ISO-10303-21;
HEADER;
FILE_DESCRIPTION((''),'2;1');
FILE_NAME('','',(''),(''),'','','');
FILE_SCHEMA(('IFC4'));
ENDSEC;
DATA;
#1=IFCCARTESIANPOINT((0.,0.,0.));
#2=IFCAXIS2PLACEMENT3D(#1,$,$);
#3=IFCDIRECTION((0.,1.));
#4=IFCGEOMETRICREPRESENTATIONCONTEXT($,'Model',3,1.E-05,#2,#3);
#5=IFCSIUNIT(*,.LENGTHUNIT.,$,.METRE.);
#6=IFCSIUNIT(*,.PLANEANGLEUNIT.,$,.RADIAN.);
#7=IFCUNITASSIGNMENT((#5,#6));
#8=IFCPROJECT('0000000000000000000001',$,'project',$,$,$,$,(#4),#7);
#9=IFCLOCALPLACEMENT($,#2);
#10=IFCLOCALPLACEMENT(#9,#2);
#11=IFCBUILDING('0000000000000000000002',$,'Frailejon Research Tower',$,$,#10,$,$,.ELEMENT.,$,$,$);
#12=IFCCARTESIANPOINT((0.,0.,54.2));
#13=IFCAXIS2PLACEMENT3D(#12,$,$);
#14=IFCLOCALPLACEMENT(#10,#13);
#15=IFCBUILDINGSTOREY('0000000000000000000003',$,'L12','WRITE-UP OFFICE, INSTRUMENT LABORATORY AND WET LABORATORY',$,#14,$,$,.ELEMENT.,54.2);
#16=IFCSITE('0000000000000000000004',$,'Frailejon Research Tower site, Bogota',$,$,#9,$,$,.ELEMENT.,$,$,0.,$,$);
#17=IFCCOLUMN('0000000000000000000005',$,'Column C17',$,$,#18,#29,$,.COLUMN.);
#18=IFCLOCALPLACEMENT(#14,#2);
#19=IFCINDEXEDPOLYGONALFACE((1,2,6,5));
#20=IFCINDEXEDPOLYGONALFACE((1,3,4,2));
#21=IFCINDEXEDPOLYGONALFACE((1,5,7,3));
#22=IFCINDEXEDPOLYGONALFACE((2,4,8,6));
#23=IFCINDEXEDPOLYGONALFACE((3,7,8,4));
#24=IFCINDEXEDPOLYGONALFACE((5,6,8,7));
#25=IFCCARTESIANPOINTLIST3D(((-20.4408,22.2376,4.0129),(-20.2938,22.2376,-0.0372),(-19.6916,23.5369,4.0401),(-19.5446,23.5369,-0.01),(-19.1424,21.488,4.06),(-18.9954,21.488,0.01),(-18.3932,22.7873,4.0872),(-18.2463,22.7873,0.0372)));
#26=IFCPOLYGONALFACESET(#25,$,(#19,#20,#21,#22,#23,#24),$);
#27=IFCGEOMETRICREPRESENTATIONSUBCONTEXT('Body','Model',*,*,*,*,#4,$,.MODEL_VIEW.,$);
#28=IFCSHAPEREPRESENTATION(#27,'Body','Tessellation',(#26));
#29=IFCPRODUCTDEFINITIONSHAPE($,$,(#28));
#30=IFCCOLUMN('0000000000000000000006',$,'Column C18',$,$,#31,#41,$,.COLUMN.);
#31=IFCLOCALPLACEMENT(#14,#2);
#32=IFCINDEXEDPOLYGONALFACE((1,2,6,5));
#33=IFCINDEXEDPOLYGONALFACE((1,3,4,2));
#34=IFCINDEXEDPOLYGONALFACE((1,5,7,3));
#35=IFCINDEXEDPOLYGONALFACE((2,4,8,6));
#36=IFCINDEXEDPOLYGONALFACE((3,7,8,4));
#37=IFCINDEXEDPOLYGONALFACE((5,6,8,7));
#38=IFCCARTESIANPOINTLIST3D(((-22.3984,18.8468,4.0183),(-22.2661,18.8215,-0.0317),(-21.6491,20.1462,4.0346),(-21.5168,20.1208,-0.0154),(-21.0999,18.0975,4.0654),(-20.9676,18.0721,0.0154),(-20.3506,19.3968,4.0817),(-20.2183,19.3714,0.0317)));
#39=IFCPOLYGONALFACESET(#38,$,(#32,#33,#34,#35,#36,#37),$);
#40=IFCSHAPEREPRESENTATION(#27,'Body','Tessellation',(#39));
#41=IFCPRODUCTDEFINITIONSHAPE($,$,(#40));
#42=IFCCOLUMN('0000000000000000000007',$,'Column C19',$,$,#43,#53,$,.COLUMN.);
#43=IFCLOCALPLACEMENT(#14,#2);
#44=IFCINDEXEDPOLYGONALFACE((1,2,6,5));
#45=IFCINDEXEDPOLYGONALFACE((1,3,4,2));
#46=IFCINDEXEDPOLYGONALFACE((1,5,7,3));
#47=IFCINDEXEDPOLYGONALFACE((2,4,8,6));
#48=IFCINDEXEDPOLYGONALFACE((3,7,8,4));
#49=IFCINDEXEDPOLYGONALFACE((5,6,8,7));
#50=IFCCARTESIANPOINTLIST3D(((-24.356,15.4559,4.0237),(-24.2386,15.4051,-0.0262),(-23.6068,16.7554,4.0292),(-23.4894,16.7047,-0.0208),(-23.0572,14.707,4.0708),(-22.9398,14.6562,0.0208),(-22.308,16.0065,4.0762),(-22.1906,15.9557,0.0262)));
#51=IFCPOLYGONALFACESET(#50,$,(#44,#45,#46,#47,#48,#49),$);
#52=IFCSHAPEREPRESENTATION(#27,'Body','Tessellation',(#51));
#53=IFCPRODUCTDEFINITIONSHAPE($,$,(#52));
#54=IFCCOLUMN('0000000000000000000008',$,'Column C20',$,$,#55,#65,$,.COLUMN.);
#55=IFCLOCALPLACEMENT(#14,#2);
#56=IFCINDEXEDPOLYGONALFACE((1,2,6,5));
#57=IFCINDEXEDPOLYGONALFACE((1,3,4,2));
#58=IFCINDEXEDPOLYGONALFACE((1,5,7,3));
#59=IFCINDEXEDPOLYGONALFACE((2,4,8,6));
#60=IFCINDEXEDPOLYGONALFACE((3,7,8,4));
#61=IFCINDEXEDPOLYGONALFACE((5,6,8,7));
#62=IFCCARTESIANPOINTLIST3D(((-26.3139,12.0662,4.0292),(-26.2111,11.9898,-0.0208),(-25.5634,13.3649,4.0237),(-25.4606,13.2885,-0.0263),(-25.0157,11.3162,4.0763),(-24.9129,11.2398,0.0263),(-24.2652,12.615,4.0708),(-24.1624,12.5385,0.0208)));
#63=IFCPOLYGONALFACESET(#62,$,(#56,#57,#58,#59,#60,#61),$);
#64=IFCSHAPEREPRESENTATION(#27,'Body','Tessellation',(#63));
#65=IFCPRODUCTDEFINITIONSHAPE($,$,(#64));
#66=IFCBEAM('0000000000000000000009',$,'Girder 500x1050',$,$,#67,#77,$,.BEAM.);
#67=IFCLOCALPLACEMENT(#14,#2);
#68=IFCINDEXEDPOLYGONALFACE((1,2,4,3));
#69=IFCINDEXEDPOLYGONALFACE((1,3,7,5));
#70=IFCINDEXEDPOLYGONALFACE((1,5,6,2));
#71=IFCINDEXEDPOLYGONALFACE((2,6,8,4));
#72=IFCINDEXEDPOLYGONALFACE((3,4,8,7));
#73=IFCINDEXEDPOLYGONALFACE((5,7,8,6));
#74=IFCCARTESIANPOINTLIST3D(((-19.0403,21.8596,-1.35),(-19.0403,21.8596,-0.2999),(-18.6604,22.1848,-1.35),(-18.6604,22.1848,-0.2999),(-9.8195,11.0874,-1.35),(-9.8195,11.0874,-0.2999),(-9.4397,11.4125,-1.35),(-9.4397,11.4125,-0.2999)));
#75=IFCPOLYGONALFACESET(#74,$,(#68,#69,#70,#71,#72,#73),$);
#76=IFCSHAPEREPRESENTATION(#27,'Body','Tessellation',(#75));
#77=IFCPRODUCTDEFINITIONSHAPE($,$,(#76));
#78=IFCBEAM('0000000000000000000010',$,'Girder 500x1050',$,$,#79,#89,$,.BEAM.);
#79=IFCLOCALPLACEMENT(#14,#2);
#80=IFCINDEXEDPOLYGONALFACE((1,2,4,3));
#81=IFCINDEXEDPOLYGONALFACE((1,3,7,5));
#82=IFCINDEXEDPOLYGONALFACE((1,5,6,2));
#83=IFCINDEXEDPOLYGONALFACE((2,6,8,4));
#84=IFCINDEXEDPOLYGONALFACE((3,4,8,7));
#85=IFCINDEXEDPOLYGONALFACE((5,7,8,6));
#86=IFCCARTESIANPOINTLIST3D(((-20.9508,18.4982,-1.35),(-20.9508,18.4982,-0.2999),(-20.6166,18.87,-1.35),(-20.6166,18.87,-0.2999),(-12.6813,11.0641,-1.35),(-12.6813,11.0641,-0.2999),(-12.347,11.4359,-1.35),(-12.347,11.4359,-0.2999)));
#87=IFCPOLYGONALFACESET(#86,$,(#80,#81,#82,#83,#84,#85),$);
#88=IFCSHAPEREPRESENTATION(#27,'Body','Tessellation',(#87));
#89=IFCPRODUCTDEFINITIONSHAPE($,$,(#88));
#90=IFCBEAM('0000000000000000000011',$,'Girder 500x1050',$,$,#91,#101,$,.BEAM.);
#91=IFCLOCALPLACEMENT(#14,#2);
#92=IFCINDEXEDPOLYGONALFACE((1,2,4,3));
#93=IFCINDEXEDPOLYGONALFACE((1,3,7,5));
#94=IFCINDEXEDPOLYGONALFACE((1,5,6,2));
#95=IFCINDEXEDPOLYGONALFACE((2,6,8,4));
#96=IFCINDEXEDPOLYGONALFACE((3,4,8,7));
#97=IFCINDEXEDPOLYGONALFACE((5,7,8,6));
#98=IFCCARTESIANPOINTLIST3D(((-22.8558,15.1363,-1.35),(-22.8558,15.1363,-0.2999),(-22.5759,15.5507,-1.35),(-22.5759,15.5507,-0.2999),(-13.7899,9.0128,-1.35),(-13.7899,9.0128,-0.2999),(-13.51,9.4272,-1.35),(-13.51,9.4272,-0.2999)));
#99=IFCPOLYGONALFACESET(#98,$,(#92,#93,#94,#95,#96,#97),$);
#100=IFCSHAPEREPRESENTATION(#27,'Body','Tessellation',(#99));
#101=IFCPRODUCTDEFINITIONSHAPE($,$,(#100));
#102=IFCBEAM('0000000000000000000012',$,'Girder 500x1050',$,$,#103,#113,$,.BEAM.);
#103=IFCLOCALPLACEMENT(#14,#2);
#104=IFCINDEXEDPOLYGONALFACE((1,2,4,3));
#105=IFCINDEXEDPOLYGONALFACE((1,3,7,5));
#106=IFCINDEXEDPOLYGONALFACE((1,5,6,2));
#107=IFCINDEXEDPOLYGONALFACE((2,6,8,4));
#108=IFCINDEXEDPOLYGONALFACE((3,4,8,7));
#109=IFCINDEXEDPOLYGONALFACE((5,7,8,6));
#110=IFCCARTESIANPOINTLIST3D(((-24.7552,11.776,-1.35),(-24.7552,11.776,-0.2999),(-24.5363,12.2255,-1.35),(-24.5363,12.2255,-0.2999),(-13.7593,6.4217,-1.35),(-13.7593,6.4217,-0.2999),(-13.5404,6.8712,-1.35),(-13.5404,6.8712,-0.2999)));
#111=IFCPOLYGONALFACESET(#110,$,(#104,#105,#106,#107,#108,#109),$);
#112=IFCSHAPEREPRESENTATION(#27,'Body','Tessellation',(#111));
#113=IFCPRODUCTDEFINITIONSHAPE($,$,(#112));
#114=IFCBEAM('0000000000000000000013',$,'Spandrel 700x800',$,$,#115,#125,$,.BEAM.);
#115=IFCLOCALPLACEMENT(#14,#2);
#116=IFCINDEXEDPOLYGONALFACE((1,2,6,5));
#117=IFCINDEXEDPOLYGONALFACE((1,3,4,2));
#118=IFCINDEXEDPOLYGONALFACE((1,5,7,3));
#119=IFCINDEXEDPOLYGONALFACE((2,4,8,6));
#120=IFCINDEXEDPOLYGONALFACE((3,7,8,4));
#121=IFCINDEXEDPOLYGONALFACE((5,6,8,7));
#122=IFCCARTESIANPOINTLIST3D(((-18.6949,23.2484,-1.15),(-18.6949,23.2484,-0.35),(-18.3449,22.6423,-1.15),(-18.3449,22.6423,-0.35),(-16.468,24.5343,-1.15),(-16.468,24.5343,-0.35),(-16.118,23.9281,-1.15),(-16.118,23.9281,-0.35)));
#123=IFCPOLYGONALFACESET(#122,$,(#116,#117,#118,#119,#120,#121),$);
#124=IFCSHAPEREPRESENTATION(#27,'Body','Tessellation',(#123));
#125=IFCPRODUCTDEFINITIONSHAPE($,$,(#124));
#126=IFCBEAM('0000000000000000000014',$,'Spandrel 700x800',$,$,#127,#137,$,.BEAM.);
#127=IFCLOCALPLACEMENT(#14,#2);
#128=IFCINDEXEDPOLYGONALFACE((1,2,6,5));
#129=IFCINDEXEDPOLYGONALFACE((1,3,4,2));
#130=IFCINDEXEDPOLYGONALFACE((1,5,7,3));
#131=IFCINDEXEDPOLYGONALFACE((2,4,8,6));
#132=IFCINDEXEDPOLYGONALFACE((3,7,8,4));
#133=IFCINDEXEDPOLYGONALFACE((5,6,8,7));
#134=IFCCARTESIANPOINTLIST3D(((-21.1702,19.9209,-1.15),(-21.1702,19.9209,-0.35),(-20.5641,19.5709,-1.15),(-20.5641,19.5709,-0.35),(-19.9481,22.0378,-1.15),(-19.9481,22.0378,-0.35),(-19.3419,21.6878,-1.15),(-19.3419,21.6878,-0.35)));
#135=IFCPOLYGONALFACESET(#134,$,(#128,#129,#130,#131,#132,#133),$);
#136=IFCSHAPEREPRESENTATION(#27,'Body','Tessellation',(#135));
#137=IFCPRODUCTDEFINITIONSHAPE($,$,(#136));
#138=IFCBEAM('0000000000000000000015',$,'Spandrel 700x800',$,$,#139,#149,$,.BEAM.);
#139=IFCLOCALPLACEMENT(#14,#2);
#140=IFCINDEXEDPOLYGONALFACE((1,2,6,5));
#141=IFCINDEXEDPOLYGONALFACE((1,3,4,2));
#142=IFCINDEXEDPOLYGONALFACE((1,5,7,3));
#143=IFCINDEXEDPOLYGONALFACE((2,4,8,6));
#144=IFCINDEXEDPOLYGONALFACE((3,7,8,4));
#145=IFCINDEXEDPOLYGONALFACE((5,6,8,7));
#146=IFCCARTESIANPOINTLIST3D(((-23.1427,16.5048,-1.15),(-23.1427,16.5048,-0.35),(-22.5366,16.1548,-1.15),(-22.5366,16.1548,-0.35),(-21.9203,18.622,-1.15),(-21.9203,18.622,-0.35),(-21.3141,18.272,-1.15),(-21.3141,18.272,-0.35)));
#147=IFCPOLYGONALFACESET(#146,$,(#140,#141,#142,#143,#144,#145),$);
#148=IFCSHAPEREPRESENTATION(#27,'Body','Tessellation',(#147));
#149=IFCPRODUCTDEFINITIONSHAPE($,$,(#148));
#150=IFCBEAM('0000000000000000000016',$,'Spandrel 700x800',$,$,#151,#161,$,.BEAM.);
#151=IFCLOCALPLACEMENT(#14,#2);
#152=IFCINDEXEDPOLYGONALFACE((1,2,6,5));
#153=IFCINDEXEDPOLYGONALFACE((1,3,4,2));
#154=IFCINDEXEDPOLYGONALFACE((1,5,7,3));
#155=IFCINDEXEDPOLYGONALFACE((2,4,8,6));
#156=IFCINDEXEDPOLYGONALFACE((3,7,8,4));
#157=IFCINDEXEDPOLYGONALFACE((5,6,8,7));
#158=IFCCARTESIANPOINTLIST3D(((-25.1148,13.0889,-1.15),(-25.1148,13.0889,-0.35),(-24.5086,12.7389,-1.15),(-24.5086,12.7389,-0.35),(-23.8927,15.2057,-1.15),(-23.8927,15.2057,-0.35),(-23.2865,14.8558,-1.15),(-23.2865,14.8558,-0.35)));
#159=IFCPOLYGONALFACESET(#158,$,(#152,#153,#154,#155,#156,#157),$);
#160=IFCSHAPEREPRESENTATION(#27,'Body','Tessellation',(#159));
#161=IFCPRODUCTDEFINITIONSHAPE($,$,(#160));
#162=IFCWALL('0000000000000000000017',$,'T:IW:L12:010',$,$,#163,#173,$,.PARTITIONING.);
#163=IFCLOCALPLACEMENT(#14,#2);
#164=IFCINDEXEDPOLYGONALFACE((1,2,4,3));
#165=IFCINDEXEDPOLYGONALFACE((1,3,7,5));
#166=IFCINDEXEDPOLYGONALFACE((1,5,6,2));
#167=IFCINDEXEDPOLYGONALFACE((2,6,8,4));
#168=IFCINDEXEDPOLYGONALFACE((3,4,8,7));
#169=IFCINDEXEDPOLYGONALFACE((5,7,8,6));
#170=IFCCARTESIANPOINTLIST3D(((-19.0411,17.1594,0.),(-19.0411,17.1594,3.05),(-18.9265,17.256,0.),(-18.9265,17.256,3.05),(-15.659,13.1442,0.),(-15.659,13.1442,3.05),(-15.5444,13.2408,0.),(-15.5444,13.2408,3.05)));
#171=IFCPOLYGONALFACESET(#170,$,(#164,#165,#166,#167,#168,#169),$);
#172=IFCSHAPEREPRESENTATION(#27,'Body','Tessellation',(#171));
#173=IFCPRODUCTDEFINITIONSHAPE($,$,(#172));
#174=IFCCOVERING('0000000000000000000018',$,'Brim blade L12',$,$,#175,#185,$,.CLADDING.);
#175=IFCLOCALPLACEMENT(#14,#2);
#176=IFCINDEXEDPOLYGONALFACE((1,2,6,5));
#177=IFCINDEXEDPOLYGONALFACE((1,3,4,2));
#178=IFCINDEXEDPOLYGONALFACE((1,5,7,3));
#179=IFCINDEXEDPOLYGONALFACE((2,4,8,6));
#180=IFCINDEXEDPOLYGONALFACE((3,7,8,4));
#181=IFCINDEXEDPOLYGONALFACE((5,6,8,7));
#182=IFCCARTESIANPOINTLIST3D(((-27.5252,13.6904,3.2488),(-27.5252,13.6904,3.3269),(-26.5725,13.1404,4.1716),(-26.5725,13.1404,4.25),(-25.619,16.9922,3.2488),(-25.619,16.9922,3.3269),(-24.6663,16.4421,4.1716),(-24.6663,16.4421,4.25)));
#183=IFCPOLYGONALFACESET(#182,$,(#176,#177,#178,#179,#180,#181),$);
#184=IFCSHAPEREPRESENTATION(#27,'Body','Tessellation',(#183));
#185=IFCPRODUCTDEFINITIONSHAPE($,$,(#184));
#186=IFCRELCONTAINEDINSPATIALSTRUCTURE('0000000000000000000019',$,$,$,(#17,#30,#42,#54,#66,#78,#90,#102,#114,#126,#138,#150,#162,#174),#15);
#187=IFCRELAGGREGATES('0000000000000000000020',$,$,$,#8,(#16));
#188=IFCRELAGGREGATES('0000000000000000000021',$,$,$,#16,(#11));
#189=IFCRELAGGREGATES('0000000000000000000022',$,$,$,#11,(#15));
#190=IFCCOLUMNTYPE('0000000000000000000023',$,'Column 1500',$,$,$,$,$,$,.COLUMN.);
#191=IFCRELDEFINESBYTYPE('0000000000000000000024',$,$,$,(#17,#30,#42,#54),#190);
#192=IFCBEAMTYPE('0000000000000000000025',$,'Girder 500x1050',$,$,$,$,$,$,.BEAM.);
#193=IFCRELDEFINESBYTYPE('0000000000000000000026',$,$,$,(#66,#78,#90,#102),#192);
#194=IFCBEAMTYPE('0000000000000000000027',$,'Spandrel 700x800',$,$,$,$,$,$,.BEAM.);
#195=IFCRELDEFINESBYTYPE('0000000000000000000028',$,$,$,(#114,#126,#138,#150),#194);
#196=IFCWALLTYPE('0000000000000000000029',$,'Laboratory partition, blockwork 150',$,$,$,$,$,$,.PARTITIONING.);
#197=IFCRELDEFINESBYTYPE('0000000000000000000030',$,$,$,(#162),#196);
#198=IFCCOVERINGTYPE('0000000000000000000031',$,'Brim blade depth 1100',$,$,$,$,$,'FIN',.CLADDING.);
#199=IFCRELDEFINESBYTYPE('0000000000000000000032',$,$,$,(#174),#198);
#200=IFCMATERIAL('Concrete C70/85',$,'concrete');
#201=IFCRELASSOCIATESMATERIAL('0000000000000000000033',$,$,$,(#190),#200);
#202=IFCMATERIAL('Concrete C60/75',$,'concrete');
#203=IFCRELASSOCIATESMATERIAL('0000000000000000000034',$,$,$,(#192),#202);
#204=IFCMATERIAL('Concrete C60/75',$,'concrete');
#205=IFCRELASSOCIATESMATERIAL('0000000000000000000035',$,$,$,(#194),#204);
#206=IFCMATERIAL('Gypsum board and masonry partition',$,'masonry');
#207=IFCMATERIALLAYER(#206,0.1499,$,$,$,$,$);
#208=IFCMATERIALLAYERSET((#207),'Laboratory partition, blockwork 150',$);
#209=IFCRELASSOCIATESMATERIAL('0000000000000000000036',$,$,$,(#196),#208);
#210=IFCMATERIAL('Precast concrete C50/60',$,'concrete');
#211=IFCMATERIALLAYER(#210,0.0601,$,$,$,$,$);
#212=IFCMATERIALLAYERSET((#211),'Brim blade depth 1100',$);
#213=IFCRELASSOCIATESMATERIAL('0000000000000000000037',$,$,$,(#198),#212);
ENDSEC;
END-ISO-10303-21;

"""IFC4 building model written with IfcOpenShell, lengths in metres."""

from ifc_helpers import new_model, si_unit, direction, frame, frame_2d, origin, origin_2d, place, context, subcontext, project, spatial, polyline, rectangle, outline, extrude, material, layer, layer_set, material_profile, profile_set, type_object, element, save


model = new_model("IFC4")

# Units and contexts
model_context = context("Model", 3, precision=1e-05, world=origin(), true_north=direction((0.0, 1.0)))
body_context = subcontext(model_context, "Body", "Model", "MODEL_VIEW")
ifc_project = project(units=[si_unit("LENGTHUNIT", "METRE"), si_unit("PLANEANGLEUNIT", "RADIAN")], contexts=[model_context])

# Site, building, storey
site_placement = place(None, origin())
site = spatial("IfcSite", under=ifc_project, at=site_placement, Name="Frailejon Research Tower site, Bogota", CompositionType="ELEMENT", RefElevation=0.0)
building_placement = place(site_placement, origin())
building = spatial("IfcBuilding", under=site, at=building_placement, Name="Frailejon Research Tower", CompositionType="ELEMENT")
storey_placement = place(building_placement, frame((0.0, 0.0, 54.2)))
storey = spatial("IfcBuildingStorey", under=building, at=storey_placement, Name="L12", Description="WRITE-UP OFFICE, INSTRUMENT LABORATORY AND WET LABORATORY", CompositionType="ELEMENT", Elevation=54.2)

# Columns
ifc_material_1 = material(Name="Concrete C70/85", Category="concrete")
ifc_material_profile_1 = material_profile(ifc_material_1, rectangle(XDim=1.5, YDim=1.5, at=origin_2d()), Name="Column 1500")
ifc_profile_set_1 = profile_set([ifc_material_profile_1], Name="Concrete C70/85")
column_type = type_object("IfcColumnType", Name="Column 1500", PredefinedType="COLUMN", material=ifc_profile_set_1)
column_1_placement = place(storey_placement, frame((-19.27, 22.5125, 0.0), z_axis=(-0.036265, 0.0, 0.999342), x_axis=(-0.499425, -0.866168, -0.018124)))
element("IfcColumn", 1, at=column_1_placement, inside=storey, type_object=column_type, Name="Column C17", PredefinedType="COLUMN", context=body_context, shape_type="SweptSolid", body=[
    extrude(rectangle(XDim=1.5, YDim=1.5, at=origin_2d()), origin(), (0.0, 0.0, 1.0), 4.0527),
])
column_2_placement = place(storey_placement, frame((-21.2422, 19.0964, 0.0), z_axis=(-0.032654, 0.006266, 0.999447), x_axis=(-0.49952, -0.866234, -0.01089)))
element("IfcColumn", 2, at=column_2_placement, inside=storey, type_object=column_type, Name="Column C18", PredefinedType="COLUMN", context=body_context, shape_type="SweptSolid", body=[
    extrude(rectangle(XDim=1.5, YDim=1.5, at=origin_2d()), origin(), (0.0, 0.0, 1.0), 4.0522),
])
for number, where, z_axis, x_axis, name in (
    (3, (-23.2146, 15.6804, 0.0), (-0.028981, 0.012532, 0.999501), (-0.49945, -0.866335, -0.003619), "Column C19"),
    (4, (-25.1868, 12.2642, 0.0), (-0.025366, 0.018858, 0.9995), (-0.500322, -0.865832, 0.003639), "Column C20"),
):
    element("IfcColumn", number, at=place(storey_placement, frame(where, z_axis=z_axis, x_axis=x_axis)), inside=storey, type_object=column_type, Name=name, PredefinedType="COLUMN", context=body_context, shape_type="SweptSolid", body=[
        extrude(rectangle(XDim=1.5, YDim=1.5, at=origin_2d()), origin(), (0.0, 0.0, 1.0), 4.052),
    ])

# Beams
ifc_material_2 = material(Name="Concrete C60/75", Category="concrete")
ifc_material_profile_2 = material_profile(ifc_material_2, rectangle(XDim=0.5, YDim=1.05, at=origin_2d()), Name="Girder 500x1050")
ifc_profile_set_2 = profile_set([ifc_material_profile_2], Name="Concrete C60/75")
beam_type_1 = type_object("IfcBeamType", Name="Girder 500x1050", PredefinedType="BEAM", material=ifc_profile_set_2)
beam_1_placement = place(storey_placement, frame((-18.8503, 22.0222, -0.825), z_axis=(0.650278, -0.759696, 0.0), x_axis=(0.759696, 0.650278, 0.0)))
element("IfcBeam", 5, at=beam_1_placement, inside=storey, type_object=beam_type_1, Name="Girder 500x1050", PredefinedType="BEAM", context=body_context, shape_type="SweptSolid", body=[
    extrude(rectangle(XDim=0.5, YDim=1.05, at=origin_2d()), origin(), (0.0, 0.0, 1.0), 14.1797),
])
beam_2_placement = place(storey_placement, frame((-20.7837, 18.6841, -0.825), z_axis=(0.743674, -0.668542, 0.0), x_axis=(0.668542, 0.743674, 0.0)))
element("IfcBeam", 6, at=beam_2_placement, inside=storey, type_object=beam_type_1, Name="Girder 500x1050", PredefinedType="BEAM", context=body_context, shape_type="SweptSolid", body=[
    extrude(rectangle(XDim=0.5, YDim=1.05, at=origin_2d()), origin(), (0.0, 0.0, 1.0), 11.1199),
])
beam_3_placement = place(storey_placement, frame((-22.7158, 15.3435, -0.825), z_axis=(0.828677, -0.559727, 0.0), x_axis=(0.559727, 0.828677, 0.0)))
element("IfcBeam", 7, at=beam_3_placement, inside=storey, type_object=beam_type_1, Name="Girder 500x1050", PredefinedType="BEAM", context=body_context, shape_type="SweptSolid", body=[
    extrude(rectangle(XDim=0.5, YDim=1.05, at=origin_2d()), origin(), (0.0, 0.0, 1.0), 10.9402),
])
beam_4_placement = place(storey_placement, frame((-24.6458, 12.0007, -0.825), z_axis=(0.899077, -0.437791, 0.0), x_axis=(0.437791, 0.899077, 0.0)))
element("IfcBeam", 8, at=beam_4_placement, inside=storey, type_object=beam_type_1, Name="Girder 500x1050", PredefinedType="BEAM", context=body_context, shape_type="SweptSolid", body=[
    extrude(rectangle(XDim=0.5, YDim=1.05, at=origin_2d()), origin(), (0.0, 0.0, 1.0), 12.2302),
])
ifc_material_3 = material(Name="Concrete C60/75", Category="concrete")
ifc_material_profile_3 = material_profile(ifc_material_3, rectangle(XDim=0.7, YDim=0.8, at=origin_2d()), Name="Spandrel 700x800")
ifc_profile_set_3 = profile_set([ifc_material_profile_3], Name="Concrete C60/75")
beam_type_2 = type_object("IfcBeamType", Name="Spandrel 700x800", PredefinedType="BEAM", material=ifc_profile_set_3)
beam_5_placement = place(storey_placement, frame((-16.293, 24.2312, -0.75), z_axis=(-0.866009, -0.500029, 0.0), x_axis=(0.500029, -0.866009, 0.0)))
element("IfcBeam", 9, at=beam_5_placement, inside=storey, type_object=beam_type_2, Name="Spandrel 700x800", PredefinedType="BEAM", context=body_context, shape_type="SweptSolid", body=[
    extrude(rectangle(XDim=0.7, YDim=0.8, at=origin_2d()), origin(), (0.0, 0.0, 1.0), 2.5715),
])
beam_6_placement = place(storey_placement, frame((-19.645, 21.8628, -0.75), z_axis=(-0.499985, -0.866034, 0.0), x_axis=(0.866034, -0.499985, 0.0)))
element("IfcBeam", 10, at=beam_6_placement, inside=storey, type_object=beam_type_2, Name="Spandrel 700x800", PredefinedType="BEAM", context=body_context, shape_type="SweptSolid", body=[
    extrude(rectangle(XDim=0.7, YDim=0.8, at=origin_2d()), origin(), (0.0, 0.0, 1.0), 2.4443),
])
beam_7_placement = place(storey_placement, frame((-21.6172, 18.447, -0.75), z_axis=(-0.500016, -0.866016, 0.0), x_axis=(0.866016, -0.500016, 0.0)))
element("IfcBeam", 11, at=beam_7_placement, inside=storey, type_object=beam_type_2, Name="Spandrel 700x800", PredefinedType="BEAM", context=body_context, shape_type="SweptSolid", body=[
    extrude(rectangle(XDim=0.7, YDim=0.8, at=origin_2d()), origin(), (0.0, 0.0, 1.0), 2.4448),
])
beam_8_placement = place(storey_placement, frame((-23.5896, 15.0308, -0.75), z_axis=(-0.499985, -0.866034, 0.0), x_axis=(0.866034, -0.499985, 0.0)))
element("IfcBeam", 12, at=beam_8_placement, inside=storey, type_object=beam_type_2, Name="Spandrel 700x800", PredefinedType="BEAM", context=body_context, shape_type="SweptSolid", body=[
    extrude(rectangle(XDim=0.7, YDim=0.8, at=origin_2d()), origin(), (0.0, 0.0, 1.0), 2.4443),
])

# Wall
ifc_material_4 = material(Name="Gypsum board and masonry partition", Category="masonry")
ifc_layer_1 = layer(ifc_material_4, 0.1499)
ifc_layer_set_1 = layer_set([ifc_layer_1], Name="Laboratory partition, blockwork 150")
wall_type_1 = type_object("IfcWallType", Name="Laboratory partition, blockwork 150", PredefinedType="PARTITIONING", material=ifc_layer_set_1)
wall_1_placement = place(storey_placement, frame((-18.9839, 17.2078, 0.0), z_axis=(0.0, 0.0, 1.0), x_axis=(0.644237, -0.764826, 0.0)))
element("IfcWall", 13, at=wall_1_placement, inside=storey, type_object=wall_type_1, Name="T:IW:L12:010", PredefinedType="PARTITIONING", context=body_context, shape_type="SweptSolid", body=[
    extrude(rectangle(XDim=5.2498, YDim=0.1499, at=frame_2d((2.625, 0.0))), origin(), (0.0, 0.0, 1.0), 3.05),
])

# Covering
ifc_material_5 = material(Name="Precast concrete C50/60", Category="concrete")
ifc_layer_2 = layer(ifc_material_5, 0.0601)
ifc_layer_set_2 = layer_set([ifc_layer_2], Name="Brim blade depth 1100")
covering_type_1 = type_object("IfcCoveringType", Name="Brim blade depth 1100", ElementType="FIN", PredefinedType="CLADDING", material=ifc_layer_set_2)
covering_1_placement = place(storey_placement, frame((-26.5725, 13.1404, 4.25), z_axis=(0.500001, 0.866025, 0.0), x_axis=(-0.866025, 0.500001, 0.0)))
element("IfcCovering", 14, at=covering_1_placement, inside=storey, type_object=covering_type_1, Name="Brim blade L12", PredefinedType="CLADDING", context=body_context, shape_type="SweptSolid", body=[
    extrude(outline(polyline([(0.0, -0.0784), (1.1001, -1.0012), (1.1001, -0.9231), (0.0, 0.0), (0.0, -0.0784)])), origin(), (0.0, 0.0, 1.0), 3.8125),
])

save(model, "model.ifc")
